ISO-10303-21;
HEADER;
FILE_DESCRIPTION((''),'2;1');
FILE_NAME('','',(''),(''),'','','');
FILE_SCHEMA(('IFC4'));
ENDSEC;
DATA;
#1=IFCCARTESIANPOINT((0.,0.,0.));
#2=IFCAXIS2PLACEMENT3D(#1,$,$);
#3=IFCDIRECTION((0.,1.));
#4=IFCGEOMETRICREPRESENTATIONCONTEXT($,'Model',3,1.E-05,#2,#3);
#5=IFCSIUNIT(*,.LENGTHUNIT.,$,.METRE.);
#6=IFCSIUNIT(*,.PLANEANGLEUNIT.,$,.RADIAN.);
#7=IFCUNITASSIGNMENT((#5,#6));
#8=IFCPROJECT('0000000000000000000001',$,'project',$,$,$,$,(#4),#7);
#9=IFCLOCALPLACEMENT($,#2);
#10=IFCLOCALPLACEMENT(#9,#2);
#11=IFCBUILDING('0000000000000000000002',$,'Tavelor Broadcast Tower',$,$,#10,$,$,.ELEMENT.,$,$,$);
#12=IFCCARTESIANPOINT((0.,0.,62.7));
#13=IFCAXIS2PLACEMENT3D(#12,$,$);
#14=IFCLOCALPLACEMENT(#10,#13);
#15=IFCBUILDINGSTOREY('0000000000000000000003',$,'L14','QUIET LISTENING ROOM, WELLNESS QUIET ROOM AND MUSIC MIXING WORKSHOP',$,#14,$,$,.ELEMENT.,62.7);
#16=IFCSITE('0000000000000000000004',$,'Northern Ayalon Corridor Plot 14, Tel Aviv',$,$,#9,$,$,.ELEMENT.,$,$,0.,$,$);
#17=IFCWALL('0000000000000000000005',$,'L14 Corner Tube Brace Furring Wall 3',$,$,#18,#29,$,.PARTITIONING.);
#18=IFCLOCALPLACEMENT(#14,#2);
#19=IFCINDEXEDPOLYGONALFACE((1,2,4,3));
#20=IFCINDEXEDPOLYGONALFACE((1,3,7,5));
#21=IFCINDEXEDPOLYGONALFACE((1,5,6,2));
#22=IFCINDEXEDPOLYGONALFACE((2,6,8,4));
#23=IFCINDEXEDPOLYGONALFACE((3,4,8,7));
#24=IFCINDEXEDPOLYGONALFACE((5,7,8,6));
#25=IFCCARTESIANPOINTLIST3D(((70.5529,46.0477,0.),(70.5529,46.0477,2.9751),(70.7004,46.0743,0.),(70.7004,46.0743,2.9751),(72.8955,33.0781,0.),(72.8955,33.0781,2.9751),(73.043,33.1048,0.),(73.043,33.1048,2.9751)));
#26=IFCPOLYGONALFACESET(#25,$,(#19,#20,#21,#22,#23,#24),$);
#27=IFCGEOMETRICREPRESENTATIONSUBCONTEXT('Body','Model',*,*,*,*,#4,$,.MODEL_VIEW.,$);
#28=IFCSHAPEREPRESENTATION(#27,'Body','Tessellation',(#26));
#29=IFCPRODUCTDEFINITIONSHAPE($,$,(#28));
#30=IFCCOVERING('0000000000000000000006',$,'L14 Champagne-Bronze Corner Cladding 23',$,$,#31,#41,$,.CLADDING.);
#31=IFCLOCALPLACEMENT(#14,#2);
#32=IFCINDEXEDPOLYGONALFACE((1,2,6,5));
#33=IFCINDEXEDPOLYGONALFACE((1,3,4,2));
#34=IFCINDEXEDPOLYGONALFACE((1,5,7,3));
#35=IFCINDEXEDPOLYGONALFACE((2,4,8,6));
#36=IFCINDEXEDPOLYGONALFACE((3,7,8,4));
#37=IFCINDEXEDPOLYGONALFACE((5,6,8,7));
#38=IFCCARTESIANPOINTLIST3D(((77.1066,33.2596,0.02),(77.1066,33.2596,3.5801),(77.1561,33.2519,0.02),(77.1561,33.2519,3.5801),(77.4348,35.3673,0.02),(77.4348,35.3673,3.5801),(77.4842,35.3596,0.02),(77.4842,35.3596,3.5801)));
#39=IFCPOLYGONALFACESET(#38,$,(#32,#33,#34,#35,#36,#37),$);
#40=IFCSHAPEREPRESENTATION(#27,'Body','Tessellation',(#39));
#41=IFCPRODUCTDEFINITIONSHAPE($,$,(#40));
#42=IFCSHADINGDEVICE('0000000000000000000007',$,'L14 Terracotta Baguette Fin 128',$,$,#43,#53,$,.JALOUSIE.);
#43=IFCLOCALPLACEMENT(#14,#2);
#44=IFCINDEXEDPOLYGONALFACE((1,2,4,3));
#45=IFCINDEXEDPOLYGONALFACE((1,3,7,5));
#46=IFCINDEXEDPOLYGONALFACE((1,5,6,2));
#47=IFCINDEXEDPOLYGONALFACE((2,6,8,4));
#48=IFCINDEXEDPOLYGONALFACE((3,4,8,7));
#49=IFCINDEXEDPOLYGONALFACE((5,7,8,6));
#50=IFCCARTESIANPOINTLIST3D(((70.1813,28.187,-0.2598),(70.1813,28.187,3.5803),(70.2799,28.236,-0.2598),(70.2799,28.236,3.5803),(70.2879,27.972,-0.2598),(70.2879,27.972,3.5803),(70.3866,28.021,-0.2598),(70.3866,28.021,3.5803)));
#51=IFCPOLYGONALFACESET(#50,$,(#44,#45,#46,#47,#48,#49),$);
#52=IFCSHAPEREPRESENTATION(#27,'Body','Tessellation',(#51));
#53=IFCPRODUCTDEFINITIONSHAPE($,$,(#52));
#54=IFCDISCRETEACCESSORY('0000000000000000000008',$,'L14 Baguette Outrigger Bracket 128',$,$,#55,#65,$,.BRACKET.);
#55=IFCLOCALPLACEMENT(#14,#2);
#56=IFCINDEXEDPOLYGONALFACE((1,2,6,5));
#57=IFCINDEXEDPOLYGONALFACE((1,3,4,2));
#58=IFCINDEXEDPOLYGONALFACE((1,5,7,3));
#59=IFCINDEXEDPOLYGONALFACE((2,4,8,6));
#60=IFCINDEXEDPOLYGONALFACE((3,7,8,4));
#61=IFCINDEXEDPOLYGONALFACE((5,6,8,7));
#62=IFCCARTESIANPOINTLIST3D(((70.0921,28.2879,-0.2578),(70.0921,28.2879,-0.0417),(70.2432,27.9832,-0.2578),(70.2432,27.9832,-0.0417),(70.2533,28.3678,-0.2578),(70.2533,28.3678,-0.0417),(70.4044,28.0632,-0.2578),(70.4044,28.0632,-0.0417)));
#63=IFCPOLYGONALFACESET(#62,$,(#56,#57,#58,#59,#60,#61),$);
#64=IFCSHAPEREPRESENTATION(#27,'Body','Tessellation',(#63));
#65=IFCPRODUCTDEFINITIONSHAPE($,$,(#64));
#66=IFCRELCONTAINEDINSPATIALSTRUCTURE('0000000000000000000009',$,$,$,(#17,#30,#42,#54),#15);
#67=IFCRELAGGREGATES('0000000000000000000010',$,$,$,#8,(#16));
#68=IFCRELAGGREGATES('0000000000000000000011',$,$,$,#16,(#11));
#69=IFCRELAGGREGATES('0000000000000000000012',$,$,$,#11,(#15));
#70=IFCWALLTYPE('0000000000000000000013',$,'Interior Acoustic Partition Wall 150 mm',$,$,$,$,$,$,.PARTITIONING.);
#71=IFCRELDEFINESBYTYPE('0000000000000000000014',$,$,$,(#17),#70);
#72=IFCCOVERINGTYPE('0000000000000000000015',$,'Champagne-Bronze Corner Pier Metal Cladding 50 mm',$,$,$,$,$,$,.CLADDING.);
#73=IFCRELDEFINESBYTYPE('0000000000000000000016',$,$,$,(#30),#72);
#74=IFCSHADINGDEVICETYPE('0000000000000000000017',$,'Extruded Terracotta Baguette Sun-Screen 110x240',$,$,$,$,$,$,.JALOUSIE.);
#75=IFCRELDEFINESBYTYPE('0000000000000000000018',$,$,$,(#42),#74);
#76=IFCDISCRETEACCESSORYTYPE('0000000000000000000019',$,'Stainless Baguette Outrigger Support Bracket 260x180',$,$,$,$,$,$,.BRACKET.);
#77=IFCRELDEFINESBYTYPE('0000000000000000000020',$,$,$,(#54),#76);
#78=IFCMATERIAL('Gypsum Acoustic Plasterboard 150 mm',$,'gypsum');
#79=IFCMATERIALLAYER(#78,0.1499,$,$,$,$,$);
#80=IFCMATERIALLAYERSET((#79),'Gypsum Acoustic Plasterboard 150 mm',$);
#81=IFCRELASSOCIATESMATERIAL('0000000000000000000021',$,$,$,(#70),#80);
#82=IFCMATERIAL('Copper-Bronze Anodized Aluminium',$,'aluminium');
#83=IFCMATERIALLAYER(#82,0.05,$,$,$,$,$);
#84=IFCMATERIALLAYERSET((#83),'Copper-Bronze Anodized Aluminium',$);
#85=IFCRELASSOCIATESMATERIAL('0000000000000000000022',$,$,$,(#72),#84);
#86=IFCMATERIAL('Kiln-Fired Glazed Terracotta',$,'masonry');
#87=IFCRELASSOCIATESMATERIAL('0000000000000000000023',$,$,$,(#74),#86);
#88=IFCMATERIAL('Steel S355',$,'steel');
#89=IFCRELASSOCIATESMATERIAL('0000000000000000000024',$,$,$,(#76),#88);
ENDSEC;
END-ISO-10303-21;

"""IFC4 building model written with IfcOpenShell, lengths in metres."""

from ifc_helpers import new_model, si_unit, direction, frame, frame_2d, origin, origin_2d, place, context, subcontext, project, spatial, rectangle, extrude, source, transform, mapped, material, layer, layer_set, type_object, type_shapes, element, save


model = new_model("IFC4")

# Units and contexts
model_context = context("Model", 3, precision=1e-05, world=origin(), true_north=direction((0.0, 1.0)))
body_context = subcontext(model_context, "Body", "Model", "MODEL_VIEW")
ifc_project = project(units=[si_unit("LENGTHUNIT", "METRE"), si_unit("PLANEANGLEUNIT", "RADIAN")], contexts=[model_context])

# Site, building, storey
site_placement = place(None, origin())
site = spatial("IfcSite", under=ifc_project, at=site_placement, Name="Northern Ayalon Corridor Plot 14, Tel Aviv", CompositionType="ELEMENT", RefElevation=0.0)
building_placement = place(site_placement, origin())
building = spatial("IfcBuilding", under=site, at=building_placement, Name="Tavelor Broadcast Tower", CompositionType="ELEMENT")
storey_placement = place(building_placement, frame((0.0, 0.0, 62.7)))
storey = spatial("IfcBuildingStorey", under=building, at=storey_placement, Name="L14", Description="QUIET LISTENING ROOM, WELLNESS QUIET ROOM AND MUSIC MIXING WORKSHOP", CompositionType="ELEMENT", Elevation=62.7)

# Shared definitions
ifc_material_1 = material(Name="Steel S355", Category="steel")

# Wall
ifc_material_2 = material(Name="Gypsum Acoustic Plasterboard 150 mm", Category="gypsum")
ifc_layer_1 = layer(ifc_material_2, 0.1499)
ifc_layer_set_1 = layer_set([ifc_layer_1], Name="Gypsum Acoustic Plasterboard 150 mm")
wall_type_1 = type_object("IfcWallType", Name="Interior Acoustic Partition Wall 150 mm", PredefinedType="PARTITIONING", material=ifc_layer_set_1)
wall_1_placement = place(storey_placement, frame((72.9692, 33.0913, 0.0), z_axis=(0.0, 0.0, 1.0), x_axis=(-0.177743, 0.984077, 0.0)))
element("IfcWall", 1, at=wall_1_placement, inside=storey, type_object=wall_type_1, Name="L14 Corner Tube Brace Furring Wall 3", PredefinedType="PARTITIONING", context=body_context, shape_type="SweptSolid", body=[
    extrude(rectangle(XDim=13.1794, YDim=0.1499, at=frame_2d((6.5898, 0.0))), origin(), (0.0, 0.0, 1.0), 2.9751),
])

# Covering
ifc_material_3 = material(Name="Copper-Bronze Anodized Aluminium", Category="aluminium")
ifc_layer_2 = layer(ifc_material_3, 0.05)
ifc_layer_set_2 = layer_set([ifc_layer_2], Name="Copper-Bronze Anodized Aluminium")
covering_type = type_object("IfcCoveringType", Name="Champagne-Bronze Corner Pier Metal Cladding 50 mm", PredefinedType="CLADDING", material=ifc_layer_set_2)
covering_placement = place(storey_placement, frame((77.2954, 34.3096, 0.02), z_axis=(0.0, 0.0, 1.0), x_axis=(0.153848, 0.988094, 0.0)))
element("IfcCovering", 2, at=covering_placement, inside=storey, type_object=covering_type, Name="L14 Champagne-Bronze Corner Cladding 23", PredefinedType="CLADDING", context=body_context, shape_type="SweptSolid", body=[
    extrude(rectangle(XDim=2.1331, YDim=0.05, at=origin_2d()), origin(), (0.0, 0.0, 1.0), 3.5601),
])

# Shading device
ifc_material_4 = material(Name="Kiln-Fired Glazed Terracotta", Category="masonry")
shading_device_type = type_object("IfcShadingDeviceType", Name="Extruded Terracotta Baguette Sun-Screen 110x240", PredefinedType="JALOUSIE", material=ifc_material_4)
shared_shape_1 = source(origin(), body_context, "Body", "SweptSolid", [
    extrude(rectangle(XDim=0.1101, YDim=0.24, at=origin_2d()), origin(), (0.0, 0.0, 1.0), 3.8401),
])
type_shapes(shading_device_type, [shared_shape_1])
shading_device_placement = place(storey_placement, frame((70.2839, 28.104, -0.2598), z_axis=(0.0, 0.0, 1.0), x_axis=(0.895867, 0.444322, 0.0)))
element("IfcShadingDevice", 3, at=shading_device_placement, inside=storey, type_object=shading_device_type, Name="L14 Terracotta Baguette Fin 128", PredefinedType="JALOUSIE", context=body_context, shape_type="MappedRepresentation", body=[
    mapped(shared_shape_1, transform((0.0, 0.0, 0.0), scale=1.0)),
])

# Discrete accessory
discrete_accessory_type = type_object("IfcDiscreteAccessoryType", Name="Stainless Baguette Outrigger Support Bracket 260x180", PredefinedType="BRACKET", material=ifc_material_1)
shared_shape_2 = source(origin(), body_context, "Body", "SweptSolid", [
    extrude(rectangle(XDim=0.1799, YDim=0.3401, at=origin_2d()), origin(), (0.0, 0.0, 1.0), 0.2161),
])
type_shapes(discrete_accessory_type, [shared_shape_2])
discrete_accessory_placement = place(storey_placement, frame((70.2483, 28.1755, -0.2578), z_axis=(0.0, 0.0, 1.0), x_axis=(0.895867, 0.444322, 0.0)))
element("IfcDiscreteAccessory", 4, at=discrete_accessory_placement, inside=storey, type_object=discrete_accessory_type, Name="L14 Baguette Outrigger Bracket 128", PredefinedType="BRACKET", context=body_context, shape_type="MappedRepresentation", body=[
    mapped(shared_shape_2, transform((0.0, 0.0, 0.0), scale=1.0)),
])

save(model, "model.ifc")
